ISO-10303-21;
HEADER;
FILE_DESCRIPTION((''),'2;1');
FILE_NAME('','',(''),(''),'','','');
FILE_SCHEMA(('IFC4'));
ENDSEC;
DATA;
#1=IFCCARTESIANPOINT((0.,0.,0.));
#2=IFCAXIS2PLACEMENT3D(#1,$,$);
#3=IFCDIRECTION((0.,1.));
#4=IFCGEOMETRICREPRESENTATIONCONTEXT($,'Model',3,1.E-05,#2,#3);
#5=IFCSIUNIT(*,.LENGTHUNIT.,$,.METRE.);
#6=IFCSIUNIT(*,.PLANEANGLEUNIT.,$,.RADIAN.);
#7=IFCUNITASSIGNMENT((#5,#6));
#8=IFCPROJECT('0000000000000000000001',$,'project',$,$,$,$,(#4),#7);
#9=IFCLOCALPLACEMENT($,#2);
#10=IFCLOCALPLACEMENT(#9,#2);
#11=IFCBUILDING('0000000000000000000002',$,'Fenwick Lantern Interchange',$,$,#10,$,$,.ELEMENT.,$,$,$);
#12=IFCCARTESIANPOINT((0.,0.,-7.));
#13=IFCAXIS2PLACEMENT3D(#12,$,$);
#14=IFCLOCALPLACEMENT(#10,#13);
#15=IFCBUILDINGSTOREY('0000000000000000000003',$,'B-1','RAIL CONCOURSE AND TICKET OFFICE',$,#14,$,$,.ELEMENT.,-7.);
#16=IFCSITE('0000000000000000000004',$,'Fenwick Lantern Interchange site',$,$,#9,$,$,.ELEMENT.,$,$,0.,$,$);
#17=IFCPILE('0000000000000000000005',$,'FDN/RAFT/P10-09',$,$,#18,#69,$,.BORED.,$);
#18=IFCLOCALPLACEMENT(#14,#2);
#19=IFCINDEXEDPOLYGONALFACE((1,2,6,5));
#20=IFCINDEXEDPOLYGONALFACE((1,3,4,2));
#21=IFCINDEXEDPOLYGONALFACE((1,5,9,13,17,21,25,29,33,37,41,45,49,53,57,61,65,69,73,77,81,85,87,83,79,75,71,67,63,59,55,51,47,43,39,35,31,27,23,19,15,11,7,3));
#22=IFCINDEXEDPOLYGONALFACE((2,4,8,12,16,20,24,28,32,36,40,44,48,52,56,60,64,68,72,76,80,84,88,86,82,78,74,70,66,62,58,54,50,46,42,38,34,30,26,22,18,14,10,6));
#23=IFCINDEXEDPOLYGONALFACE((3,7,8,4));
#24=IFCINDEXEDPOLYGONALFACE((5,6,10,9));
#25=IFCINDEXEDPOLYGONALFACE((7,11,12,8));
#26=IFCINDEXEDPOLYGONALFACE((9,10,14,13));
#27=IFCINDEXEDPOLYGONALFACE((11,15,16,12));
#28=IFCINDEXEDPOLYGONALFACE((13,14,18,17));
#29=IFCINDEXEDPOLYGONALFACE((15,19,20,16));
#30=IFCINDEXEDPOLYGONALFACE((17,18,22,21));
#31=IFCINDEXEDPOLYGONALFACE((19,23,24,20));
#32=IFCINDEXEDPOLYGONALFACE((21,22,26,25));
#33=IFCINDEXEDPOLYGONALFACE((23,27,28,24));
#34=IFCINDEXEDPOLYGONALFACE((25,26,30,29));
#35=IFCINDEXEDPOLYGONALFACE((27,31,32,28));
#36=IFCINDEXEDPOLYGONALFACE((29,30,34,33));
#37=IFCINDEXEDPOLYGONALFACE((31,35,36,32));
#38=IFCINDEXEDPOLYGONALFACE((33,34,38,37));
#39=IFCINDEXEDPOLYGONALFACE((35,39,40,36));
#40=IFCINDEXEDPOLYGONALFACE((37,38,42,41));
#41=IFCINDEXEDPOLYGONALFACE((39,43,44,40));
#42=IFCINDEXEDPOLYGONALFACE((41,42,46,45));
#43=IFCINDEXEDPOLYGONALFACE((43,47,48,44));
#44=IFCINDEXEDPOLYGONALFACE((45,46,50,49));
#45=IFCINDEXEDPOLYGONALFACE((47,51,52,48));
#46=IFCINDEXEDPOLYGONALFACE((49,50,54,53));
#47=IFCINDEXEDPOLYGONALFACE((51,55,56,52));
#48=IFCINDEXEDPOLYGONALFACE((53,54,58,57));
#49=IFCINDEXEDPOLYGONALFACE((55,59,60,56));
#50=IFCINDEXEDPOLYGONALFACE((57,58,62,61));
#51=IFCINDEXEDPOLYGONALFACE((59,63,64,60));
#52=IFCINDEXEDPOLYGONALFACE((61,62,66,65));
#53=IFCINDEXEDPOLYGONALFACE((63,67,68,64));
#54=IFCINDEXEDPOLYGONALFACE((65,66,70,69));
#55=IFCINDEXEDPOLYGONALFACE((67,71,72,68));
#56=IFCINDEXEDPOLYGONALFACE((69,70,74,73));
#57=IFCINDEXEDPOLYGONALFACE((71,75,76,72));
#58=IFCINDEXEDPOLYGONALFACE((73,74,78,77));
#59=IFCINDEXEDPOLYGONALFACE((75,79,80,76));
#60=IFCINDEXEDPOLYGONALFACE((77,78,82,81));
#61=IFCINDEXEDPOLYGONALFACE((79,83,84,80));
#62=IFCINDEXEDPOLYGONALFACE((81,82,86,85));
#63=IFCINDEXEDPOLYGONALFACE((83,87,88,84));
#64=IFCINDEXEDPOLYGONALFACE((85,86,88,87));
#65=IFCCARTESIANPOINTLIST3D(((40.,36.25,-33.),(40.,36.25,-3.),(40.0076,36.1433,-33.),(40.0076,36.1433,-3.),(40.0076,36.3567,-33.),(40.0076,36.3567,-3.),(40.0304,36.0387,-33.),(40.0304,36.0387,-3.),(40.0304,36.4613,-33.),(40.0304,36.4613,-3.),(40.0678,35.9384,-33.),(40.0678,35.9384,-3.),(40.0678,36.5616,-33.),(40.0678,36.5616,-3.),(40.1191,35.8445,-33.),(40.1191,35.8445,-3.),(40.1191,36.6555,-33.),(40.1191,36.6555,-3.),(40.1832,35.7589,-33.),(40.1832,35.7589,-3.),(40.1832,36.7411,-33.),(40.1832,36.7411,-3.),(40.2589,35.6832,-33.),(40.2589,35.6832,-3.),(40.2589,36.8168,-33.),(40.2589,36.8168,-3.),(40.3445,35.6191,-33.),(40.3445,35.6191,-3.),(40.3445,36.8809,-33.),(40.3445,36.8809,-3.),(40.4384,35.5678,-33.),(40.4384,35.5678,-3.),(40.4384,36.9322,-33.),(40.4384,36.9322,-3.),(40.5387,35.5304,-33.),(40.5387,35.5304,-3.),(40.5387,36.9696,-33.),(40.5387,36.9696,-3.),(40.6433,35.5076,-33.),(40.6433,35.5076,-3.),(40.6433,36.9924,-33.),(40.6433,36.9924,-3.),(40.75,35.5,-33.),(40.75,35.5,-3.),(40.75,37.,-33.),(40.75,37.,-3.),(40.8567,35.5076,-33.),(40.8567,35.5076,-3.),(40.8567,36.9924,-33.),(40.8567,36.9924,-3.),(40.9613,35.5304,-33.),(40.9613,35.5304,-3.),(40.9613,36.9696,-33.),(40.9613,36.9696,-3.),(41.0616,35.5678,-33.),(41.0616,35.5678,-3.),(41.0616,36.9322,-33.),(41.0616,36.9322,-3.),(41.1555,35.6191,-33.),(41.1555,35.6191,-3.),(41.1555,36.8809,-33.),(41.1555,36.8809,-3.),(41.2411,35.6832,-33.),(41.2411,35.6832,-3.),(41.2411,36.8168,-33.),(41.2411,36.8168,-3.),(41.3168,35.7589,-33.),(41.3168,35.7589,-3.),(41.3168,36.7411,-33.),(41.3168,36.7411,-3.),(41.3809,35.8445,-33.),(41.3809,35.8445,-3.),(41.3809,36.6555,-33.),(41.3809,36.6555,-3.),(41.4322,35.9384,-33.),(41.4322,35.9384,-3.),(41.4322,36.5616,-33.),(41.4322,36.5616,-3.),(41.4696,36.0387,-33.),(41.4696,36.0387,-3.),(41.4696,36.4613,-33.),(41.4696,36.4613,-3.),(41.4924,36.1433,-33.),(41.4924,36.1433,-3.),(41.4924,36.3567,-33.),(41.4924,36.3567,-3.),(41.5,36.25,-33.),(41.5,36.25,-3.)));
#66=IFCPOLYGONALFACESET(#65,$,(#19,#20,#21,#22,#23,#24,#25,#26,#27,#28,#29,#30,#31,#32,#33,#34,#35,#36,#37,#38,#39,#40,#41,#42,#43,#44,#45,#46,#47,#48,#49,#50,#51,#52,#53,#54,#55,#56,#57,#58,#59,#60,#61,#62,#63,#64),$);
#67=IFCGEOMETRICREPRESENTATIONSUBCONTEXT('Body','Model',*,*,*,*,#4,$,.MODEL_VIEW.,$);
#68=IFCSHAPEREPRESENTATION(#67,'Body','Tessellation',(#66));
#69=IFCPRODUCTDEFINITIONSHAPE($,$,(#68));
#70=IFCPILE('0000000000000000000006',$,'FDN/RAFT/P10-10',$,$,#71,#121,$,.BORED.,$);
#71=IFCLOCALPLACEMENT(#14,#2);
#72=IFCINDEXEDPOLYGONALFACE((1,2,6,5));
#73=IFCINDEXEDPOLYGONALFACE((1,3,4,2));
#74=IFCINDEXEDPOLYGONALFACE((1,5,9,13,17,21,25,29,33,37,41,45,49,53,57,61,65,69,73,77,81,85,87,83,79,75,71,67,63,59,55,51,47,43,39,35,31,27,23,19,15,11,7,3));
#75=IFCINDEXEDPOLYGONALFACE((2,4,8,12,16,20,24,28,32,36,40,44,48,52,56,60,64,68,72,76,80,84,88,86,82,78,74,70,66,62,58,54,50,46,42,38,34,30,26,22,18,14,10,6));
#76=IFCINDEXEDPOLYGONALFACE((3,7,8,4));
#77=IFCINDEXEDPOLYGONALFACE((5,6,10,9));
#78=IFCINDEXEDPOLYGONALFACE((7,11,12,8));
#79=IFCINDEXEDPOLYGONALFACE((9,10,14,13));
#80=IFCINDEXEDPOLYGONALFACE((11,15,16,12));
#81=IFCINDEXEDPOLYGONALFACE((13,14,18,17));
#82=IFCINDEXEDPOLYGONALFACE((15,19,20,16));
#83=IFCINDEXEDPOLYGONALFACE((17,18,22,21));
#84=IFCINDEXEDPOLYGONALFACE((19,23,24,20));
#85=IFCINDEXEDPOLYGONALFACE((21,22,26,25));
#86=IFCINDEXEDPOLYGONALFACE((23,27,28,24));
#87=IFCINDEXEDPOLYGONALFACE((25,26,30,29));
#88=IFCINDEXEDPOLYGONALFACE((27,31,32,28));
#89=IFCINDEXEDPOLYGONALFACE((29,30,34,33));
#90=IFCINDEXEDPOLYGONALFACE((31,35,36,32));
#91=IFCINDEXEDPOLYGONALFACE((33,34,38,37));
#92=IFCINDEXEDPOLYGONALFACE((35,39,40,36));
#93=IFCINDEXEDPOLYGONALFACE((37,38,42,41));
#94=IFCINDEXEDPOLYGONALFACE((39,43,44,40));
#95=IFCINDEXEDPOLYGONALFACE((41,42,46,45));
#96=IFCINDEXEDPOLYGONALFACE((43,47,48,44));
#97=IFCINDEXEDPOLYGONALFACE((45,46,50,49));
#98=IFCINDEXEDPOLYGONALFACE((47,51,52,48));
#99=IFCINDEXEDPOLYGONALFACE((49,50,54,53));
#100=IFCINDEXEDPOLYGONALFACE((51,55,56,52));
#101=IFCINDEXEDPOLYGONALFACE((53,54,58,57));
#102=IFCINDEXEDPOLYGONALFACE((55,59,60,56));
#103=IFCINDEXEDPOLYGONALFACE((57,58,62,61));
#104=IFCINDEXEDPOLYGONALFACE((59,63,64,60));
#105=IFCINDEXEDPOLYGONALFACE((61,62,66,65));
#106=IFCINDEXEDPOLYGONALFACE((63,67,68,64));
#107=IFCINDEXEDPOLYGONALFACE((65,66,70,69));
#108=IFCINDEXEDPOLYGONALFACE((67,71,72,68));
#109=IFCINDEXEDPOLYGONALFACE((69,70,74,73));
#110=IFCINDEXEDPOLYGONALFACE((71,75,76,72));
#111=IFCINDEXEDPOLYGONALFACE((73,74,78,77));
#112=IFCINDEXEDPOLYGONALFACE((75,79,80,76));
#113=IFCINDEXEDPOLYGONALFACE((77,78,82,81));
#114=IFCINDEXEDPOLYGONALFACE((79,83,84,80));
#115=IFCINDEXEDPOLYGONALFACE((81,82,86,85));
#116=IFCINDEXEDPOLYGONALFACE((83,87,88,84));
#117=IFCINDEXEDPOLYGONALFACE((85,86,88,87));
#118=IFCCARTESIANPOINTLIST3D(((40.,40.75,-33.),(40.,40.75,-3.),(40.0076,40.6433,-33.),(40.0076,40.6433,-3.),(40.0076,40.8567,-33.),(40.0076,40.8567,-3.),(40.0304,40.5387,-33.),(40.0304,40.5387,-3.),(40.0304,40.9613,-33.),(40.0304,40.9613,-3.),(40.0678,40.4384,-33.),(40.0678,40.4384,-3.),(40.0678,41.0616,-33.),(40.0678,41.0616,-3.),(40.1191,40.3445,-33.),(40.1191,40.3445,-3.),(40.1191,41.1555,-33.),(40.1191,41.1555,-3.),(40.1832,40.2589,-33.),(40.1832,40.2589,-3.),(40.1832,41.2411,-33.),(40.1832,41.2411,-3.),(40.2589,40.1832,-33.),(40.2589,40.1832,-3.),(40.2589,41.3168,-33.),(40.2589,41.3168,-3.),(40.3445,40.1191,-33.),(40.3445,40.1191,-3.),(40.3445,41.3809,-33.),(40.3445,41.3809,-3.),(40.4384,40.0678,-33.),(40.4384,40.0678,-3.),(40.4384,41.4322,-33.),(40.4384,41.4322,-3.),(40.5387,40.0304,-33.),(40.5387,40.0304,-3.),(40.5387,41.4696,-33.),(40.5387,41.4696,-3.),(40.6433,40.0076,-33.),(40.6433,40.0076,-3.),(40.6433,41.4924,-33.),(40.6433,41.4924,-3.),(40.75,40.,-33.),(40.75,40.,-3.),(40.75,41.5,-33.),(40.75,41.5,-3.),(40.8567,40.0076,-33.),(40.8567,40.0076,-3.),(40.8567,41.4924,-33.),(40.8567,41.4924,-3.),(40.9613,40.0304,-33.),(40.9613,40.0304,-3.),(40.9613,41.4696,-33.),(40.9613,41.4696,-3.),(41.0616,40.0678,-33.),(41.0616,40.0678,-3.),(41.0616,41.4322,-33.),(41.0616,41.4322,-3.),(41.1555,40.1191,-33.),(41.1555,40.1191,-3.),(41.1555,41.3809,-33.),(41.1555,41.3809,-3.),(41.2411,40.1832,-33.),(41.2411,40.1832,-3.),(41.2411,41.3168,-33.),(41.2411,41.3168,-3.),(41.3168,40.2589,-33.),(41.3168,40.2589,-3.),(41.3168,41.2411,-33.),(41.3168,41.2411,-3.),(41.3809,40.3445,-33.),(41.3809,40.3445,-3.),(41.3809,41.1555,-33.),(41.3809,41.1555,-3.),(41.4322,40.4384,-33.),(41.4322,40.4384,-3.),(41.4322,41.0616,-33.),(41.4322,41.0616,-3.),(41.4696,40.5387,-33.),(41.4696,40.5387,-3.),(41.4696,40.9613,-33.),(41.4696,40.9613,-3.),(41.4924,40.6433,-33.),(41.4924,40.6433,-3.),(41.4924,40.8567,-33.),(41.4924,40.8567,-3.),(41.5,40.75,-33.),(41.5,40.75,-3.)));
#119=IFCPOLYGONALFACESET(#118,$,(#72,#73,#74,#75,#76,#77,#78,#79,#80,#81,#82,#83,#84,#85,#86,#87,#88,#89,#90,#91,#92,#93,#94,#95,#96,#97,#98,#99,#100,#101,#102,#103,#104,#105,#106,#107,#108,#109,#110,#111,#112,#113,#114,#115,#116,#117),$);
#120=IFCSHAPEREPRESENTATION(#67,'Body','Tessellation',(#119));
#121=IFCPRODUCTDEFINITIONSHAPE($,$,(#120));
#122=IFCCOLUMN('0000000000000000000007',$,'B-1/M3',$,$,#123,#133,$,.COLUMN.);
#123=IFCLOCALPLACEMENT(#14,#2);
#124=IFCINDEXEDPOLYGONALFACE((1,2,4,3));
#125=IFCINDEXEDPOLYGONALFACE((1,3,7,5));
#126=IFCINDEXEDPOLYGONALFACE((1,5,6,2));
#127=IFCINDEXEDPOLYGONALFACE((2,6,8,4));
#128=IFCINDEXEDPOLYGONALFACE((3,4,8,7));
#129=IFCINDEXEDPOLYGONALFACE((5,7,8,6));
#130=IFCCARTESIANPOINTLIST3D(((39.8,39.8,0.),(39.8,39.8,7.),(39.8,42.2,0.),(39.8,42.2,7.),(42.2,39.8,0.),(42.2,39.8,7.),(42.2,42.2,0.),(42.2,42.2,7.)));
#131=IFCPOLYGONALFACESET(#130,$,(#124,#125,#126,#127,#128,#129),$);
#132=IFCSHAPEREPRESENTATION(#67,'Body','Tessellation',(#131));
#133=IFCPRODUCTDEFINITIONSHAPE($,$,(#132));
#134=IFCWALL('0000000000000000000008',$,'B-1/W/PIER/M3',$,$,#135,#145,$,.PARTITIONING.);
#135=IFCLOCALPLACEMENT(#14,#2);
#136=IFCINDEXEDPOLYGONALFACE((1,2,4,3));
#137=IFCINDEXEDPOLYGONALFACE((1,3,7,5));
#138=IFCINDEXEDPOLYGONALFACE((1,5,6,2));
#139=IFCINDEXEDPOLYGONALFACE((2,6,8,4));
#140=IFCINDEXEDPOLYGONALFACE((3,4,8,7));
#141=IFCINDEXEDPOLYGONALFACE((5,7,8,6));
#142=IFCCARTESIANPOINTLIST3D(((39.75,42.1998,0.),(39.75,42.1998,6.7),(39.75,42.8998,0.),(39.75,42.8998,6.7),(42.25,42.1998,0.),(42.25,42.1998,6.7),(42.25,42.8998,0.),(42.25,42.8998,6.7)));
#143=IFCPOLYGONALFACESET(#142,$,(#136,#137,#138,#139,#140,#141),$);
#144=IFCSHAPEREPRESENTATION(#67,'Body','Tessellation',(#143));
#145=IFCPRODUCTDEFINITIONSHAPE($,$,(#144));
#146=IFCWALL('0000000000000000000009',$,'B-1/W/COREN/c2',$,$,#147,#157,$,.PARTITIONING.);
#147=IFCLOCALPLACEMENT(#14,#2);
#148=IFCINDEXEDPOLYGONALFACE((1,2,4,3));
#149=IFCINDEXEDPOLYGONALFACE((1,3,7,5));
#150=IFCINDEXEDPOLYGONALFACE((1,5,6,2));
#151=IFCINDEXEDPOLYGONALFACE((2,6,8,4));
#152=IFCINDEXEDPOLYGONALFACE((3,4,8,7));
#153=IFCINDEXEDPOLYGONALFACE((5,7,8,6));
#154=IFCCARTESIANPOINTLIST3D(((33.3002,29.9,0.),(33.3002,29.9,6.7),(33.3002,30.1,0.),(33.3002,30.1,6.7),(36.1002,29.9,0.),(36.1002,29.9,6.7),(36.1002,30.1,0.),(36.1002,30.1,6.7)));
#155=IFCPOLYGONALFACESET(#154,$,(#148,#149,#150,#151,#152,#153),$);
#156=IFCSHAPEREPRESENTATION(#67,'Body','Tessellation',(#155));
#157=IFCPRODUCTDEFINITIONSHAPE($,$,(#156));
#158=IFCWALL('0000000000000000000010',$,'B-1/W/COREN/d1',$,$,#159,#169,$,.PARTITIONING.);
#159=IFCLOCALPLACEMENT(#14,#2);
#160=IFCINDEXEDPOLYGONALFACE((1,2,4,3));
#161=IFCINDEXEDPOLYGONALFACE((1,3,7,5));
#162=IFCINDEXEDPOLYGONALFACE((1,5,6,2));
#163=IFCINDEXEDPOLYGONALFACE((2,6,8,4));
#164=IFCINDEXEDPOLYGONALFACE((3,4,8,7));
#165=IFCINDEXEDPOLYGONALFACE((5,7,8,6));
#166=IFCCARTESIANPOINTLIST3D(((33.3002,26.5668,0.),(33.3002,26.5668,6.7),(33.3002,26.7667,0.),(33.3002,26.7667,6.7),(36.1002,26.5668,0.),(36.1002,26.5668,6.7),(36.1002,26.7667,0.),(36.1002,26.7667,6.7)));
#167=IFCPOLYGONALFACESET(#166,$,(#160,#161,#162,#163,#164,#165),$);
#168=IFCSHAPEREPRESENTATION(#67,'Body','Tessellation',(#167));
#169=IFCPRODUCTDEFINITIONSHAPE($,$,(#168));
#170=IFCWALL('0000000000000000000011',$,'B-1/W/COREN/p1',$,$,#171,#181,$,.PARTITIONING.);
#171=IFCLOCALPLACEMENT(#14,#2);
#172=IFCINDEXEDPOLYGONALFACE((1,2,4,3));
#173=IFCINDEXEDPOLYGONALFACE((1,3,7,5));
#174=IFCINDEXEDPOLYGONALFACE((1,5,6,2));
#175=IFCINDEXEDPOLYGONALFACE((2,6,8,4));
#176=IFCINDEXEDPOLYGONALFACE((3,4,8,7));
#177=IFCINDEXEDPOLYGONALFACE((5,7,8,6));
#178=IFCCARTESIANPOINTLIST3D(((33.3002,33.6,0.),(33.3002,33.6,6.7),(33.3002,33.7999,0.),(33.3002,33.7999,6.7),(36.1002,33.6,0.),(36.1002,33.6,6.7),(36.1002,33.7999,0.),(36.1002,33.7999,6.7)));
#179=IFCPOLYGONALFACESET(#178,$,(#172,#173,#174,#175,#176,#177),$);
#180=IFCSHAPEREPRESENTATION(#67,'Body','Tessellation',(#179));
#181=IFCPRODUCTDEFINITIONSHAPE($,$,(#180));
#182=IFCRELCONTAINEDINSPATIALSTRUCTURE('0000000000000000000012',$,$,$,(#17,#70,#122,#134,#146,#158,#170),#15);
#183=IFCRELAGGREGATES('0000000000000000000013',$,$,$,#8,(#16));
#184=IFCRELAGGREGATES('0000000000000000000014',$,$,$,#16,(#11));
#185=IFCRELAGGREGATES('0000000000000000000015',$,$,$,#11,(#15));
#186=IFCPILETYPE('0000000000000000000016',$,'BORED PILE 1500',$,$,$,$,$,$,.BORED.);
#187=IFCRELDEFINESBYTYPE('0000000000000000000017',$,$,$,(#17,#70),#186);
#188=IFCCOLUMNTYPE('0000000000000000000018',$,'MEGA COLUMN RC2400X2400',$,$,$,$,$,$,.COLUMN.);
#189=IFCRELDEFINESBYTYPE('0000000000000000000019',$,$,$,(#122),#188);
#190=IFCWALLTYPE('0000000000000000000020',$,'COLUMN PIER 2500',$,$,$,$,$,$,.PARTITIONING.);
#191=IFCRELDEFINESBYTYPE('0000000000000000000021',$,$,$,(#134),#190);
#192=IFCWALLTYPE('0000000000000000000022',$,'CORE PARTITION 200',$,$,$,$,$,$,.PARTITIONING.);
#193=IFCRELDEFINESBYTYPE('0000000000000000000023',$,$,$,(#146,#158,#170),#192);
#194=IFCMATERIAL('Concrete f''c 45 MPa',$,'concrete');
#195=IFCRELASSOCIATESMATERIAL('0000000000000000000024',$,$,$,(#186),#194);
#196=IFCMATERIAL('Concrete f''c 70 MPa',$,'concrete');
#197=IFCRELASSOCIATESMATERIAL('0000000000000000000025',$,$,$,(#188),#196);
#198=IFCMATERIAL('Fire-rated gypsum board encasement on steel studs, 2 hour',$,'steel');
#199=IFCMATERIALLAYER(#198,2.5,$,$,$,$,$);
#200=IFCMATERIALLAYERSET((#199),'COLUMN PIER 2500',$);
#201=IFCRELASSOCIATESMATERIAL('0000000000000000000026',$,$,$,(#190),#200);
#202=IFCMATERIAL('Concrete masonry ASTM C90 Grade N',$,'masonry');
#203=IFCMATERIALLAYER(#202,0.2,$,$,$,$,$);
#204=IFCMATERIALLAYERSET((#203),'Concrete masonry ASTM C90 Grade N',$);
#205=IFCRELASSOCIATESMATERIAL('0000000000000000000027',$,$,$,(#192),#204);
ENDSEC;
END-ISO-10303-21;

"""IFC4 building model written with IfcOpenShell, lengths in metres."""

from ifc_helpers import new_model, si_unit, direction, frame, frame_2d, origin, origin_2d, place, context, subcontext, project, spatial, rectangle, circle, extrude, material, layer, layer_set, material_profile, profile_set, type_object, element, save


model = new_model("IFC4")

# Units and contexts
model_context = context("Model", 3, precision=1e-05, world=origin(), true_north=direction((0.0, 1.0)))
body_context = subcontext(model_context, "Body", "Model", "MODEL_VIEW")
ifc_project = project(units=[si_unit("LENGTHUNIT", "METRE"), si_unit("PLANEANGLEUNIT", "RADIAN")], contexts=[model_context])

# Site, building, storey
site_placement = place(None, origin())
site = spatial("IfcSite", under=ifc_project, at=site_placement, Name="Fenwick Lantern Interchange site", CompositionType="ELEMENT", RefElevation=0.0)
building_placement = place(site_placement, origin())
building = spatial("IfcBuilding", under=site, at=building_placement, Name="Fenwick Lantern Interchange", CompositionType="ELEMENT")
storey_placement = place(building_placement, frame((0.0, 0.0, -7.0)))
storey = spatial("IfcBuildingStorey", under=building, at=storey_placement, Name="B-1", Description="RAIL CONCOURSE AND TICKET OFFICE", CompositionType="ELEMENT", Elevation=-7.0)

# Piles
ifc_material_1 = material(Name="Concrete f'c 45 MPa", Category="concrete")
pile_type = type_object("IfcPileType", Name="BORED PILE 1500", PredefinedType="BORED", material=ifc_material_1)
for number, where, z_axis, x_axis, name in (
    (1, (40.75, 36.25, -3.0), (0.0, 0.0, -1.0), (1.0, 0.0, 0.0), "FDN/RAFT/P10-09"),
    (2, (40.75, 40.75, -3.0), (0.0, 0.0, -1.0), (1.0, 0.0, 0.0), "FDN/RAFT/P10-10"),
):
    element("IfcPile", number, at=place(storey_placement, frame(where, z_axis=z_axis, x_axis=x_axis)), inside=storey, type_object=pile_type, Name=name, PredefinedType="BORED", context=body_context, shape_type="SweptSolid", body=[
        extrude(circle(Radius=0.75, at=origin_2d()), origin(), (0.0, 0.0, 1.0), 30.0),
    ])

# Column
ifc_material_2 = material(Name="Concrete f'c 70 MPa", Category="concrete")
ifc_material_profile = material_profile(ifc_material_2, rectangle(XDim=2.3999, YDim=2.3999, at=origin_2d()), Name="RC2400X2400")
ifc_profile_set = profile_set([ifc_material_profile], Name="Concrete f'c 70 MPa")
column_type = type_object("IfcColumnType", Name="MEGA COLUMN RC2400X2400", PredefinedType="COLUMN", material=ifc_profile_set)
column_placement = place(storey_placement, frame((41.0, 41.0, 0.0), z_axis=(0.0, 0.0, 1.0), x_axis=(1.0, 0.0, 0.0)))
element("IfcColumn", 3, at=column_placement, inside=storey, type_object=column_type, Name="B-1/M3", PredefinedType="COLUMN", context=body_context, shape_type="SweptSolid", body=[
    extrude(rectangle(XDim=2.3999, YDim=2.3999, at=origin_2d()), origin(), (0.0, 0.0, 1.0), 7.0),
])

# Walls
ifc_material_3 = material(Name="Fire-rated gypsum board encasement on steel studs, 2 hour", Category="steel")
ifc_layer_1 = layer(ifc_material_3, 2.5)
ifc_layer_set_1 = layer_set([ifc_layer_1], Name="COLUMN PIER 2500")
wall_type_1 = type_object("IfcWallType", Name="COLUMN PIER 2500", PredefinedType="PARTITIONING", material=ifc_layer_set_1)
wall_1_placement = place(storey_placement, frame((41.0, 42.8999, 0.0), z_axis=(0.0, 0.0, 1.0), x_axis=(0.0, -1.0, 0.0)))
element("IfcWall", 4, at=wall_1_placement, inside=storey, type_object=wall_type_1, Name="B-1/W/PIER/M3", PredefinedType="PARTITIONING", context=body_context, shape_type="SweptSolid", body=[
    extrude(rectangle(XDim=0.7, YDim=2.5, at=frame_2d((0.3501, 0.0))), origin(), (0.0, 0.0, 1.0), 6.7),
])
ifc_material_4 = material(Name="Concrete masonry ASTM C90 Grade N", Category="masonry")
ifc_layer_2 = layer(ifc_material_4, 0.2)
ifc_layer_set_2 = layer_set([ifc_layer_2], Name="Concrete masonry ASTM C90 Grade N")
wall_type_2 = type_object("IfcWallType", Name="CORE PARTITION 200", PredefinedType="PARTITIONING", material=ifc_layer_set_2)
for number, where, z_axis, x_axis, name in (
    (5, (36.1001, 30.0, 0.0), (0.0, 0.0, 1.0), (-1.0, 0.0, 0.0), "B-1/W/COREN/c2"),
    (6, (36.1001, 26.6667, 0.0), (0.0, 0.0, 1.0), (-1.0, 0.0, 0.0), "B-1/W/COREN/d1"),
    (7, (36.1001, 33.7, 0.0), (0.0, 0.0, 1.0), (-1.0, 0.0, 0.0), "B-1/W/COREN/p1"),
):
    element("IfcWall", number, at=place(storey_placement, frame(where, z_axis=z_axis, x_axis=x_axis)), inside=storey, type_object=wall_type_2, Name=name, PredefinedType="PARTITIONING", context=body_context, shape_type="SweptSolid", body=[
        extrude(rectangle(XDim=2.8, YDim=0.2, at=frame_2d((1.3999, 0.0))), origin(), (0.0, 0.0, 1.0), 6.7),
    ])

save(model, "model.ifc")
